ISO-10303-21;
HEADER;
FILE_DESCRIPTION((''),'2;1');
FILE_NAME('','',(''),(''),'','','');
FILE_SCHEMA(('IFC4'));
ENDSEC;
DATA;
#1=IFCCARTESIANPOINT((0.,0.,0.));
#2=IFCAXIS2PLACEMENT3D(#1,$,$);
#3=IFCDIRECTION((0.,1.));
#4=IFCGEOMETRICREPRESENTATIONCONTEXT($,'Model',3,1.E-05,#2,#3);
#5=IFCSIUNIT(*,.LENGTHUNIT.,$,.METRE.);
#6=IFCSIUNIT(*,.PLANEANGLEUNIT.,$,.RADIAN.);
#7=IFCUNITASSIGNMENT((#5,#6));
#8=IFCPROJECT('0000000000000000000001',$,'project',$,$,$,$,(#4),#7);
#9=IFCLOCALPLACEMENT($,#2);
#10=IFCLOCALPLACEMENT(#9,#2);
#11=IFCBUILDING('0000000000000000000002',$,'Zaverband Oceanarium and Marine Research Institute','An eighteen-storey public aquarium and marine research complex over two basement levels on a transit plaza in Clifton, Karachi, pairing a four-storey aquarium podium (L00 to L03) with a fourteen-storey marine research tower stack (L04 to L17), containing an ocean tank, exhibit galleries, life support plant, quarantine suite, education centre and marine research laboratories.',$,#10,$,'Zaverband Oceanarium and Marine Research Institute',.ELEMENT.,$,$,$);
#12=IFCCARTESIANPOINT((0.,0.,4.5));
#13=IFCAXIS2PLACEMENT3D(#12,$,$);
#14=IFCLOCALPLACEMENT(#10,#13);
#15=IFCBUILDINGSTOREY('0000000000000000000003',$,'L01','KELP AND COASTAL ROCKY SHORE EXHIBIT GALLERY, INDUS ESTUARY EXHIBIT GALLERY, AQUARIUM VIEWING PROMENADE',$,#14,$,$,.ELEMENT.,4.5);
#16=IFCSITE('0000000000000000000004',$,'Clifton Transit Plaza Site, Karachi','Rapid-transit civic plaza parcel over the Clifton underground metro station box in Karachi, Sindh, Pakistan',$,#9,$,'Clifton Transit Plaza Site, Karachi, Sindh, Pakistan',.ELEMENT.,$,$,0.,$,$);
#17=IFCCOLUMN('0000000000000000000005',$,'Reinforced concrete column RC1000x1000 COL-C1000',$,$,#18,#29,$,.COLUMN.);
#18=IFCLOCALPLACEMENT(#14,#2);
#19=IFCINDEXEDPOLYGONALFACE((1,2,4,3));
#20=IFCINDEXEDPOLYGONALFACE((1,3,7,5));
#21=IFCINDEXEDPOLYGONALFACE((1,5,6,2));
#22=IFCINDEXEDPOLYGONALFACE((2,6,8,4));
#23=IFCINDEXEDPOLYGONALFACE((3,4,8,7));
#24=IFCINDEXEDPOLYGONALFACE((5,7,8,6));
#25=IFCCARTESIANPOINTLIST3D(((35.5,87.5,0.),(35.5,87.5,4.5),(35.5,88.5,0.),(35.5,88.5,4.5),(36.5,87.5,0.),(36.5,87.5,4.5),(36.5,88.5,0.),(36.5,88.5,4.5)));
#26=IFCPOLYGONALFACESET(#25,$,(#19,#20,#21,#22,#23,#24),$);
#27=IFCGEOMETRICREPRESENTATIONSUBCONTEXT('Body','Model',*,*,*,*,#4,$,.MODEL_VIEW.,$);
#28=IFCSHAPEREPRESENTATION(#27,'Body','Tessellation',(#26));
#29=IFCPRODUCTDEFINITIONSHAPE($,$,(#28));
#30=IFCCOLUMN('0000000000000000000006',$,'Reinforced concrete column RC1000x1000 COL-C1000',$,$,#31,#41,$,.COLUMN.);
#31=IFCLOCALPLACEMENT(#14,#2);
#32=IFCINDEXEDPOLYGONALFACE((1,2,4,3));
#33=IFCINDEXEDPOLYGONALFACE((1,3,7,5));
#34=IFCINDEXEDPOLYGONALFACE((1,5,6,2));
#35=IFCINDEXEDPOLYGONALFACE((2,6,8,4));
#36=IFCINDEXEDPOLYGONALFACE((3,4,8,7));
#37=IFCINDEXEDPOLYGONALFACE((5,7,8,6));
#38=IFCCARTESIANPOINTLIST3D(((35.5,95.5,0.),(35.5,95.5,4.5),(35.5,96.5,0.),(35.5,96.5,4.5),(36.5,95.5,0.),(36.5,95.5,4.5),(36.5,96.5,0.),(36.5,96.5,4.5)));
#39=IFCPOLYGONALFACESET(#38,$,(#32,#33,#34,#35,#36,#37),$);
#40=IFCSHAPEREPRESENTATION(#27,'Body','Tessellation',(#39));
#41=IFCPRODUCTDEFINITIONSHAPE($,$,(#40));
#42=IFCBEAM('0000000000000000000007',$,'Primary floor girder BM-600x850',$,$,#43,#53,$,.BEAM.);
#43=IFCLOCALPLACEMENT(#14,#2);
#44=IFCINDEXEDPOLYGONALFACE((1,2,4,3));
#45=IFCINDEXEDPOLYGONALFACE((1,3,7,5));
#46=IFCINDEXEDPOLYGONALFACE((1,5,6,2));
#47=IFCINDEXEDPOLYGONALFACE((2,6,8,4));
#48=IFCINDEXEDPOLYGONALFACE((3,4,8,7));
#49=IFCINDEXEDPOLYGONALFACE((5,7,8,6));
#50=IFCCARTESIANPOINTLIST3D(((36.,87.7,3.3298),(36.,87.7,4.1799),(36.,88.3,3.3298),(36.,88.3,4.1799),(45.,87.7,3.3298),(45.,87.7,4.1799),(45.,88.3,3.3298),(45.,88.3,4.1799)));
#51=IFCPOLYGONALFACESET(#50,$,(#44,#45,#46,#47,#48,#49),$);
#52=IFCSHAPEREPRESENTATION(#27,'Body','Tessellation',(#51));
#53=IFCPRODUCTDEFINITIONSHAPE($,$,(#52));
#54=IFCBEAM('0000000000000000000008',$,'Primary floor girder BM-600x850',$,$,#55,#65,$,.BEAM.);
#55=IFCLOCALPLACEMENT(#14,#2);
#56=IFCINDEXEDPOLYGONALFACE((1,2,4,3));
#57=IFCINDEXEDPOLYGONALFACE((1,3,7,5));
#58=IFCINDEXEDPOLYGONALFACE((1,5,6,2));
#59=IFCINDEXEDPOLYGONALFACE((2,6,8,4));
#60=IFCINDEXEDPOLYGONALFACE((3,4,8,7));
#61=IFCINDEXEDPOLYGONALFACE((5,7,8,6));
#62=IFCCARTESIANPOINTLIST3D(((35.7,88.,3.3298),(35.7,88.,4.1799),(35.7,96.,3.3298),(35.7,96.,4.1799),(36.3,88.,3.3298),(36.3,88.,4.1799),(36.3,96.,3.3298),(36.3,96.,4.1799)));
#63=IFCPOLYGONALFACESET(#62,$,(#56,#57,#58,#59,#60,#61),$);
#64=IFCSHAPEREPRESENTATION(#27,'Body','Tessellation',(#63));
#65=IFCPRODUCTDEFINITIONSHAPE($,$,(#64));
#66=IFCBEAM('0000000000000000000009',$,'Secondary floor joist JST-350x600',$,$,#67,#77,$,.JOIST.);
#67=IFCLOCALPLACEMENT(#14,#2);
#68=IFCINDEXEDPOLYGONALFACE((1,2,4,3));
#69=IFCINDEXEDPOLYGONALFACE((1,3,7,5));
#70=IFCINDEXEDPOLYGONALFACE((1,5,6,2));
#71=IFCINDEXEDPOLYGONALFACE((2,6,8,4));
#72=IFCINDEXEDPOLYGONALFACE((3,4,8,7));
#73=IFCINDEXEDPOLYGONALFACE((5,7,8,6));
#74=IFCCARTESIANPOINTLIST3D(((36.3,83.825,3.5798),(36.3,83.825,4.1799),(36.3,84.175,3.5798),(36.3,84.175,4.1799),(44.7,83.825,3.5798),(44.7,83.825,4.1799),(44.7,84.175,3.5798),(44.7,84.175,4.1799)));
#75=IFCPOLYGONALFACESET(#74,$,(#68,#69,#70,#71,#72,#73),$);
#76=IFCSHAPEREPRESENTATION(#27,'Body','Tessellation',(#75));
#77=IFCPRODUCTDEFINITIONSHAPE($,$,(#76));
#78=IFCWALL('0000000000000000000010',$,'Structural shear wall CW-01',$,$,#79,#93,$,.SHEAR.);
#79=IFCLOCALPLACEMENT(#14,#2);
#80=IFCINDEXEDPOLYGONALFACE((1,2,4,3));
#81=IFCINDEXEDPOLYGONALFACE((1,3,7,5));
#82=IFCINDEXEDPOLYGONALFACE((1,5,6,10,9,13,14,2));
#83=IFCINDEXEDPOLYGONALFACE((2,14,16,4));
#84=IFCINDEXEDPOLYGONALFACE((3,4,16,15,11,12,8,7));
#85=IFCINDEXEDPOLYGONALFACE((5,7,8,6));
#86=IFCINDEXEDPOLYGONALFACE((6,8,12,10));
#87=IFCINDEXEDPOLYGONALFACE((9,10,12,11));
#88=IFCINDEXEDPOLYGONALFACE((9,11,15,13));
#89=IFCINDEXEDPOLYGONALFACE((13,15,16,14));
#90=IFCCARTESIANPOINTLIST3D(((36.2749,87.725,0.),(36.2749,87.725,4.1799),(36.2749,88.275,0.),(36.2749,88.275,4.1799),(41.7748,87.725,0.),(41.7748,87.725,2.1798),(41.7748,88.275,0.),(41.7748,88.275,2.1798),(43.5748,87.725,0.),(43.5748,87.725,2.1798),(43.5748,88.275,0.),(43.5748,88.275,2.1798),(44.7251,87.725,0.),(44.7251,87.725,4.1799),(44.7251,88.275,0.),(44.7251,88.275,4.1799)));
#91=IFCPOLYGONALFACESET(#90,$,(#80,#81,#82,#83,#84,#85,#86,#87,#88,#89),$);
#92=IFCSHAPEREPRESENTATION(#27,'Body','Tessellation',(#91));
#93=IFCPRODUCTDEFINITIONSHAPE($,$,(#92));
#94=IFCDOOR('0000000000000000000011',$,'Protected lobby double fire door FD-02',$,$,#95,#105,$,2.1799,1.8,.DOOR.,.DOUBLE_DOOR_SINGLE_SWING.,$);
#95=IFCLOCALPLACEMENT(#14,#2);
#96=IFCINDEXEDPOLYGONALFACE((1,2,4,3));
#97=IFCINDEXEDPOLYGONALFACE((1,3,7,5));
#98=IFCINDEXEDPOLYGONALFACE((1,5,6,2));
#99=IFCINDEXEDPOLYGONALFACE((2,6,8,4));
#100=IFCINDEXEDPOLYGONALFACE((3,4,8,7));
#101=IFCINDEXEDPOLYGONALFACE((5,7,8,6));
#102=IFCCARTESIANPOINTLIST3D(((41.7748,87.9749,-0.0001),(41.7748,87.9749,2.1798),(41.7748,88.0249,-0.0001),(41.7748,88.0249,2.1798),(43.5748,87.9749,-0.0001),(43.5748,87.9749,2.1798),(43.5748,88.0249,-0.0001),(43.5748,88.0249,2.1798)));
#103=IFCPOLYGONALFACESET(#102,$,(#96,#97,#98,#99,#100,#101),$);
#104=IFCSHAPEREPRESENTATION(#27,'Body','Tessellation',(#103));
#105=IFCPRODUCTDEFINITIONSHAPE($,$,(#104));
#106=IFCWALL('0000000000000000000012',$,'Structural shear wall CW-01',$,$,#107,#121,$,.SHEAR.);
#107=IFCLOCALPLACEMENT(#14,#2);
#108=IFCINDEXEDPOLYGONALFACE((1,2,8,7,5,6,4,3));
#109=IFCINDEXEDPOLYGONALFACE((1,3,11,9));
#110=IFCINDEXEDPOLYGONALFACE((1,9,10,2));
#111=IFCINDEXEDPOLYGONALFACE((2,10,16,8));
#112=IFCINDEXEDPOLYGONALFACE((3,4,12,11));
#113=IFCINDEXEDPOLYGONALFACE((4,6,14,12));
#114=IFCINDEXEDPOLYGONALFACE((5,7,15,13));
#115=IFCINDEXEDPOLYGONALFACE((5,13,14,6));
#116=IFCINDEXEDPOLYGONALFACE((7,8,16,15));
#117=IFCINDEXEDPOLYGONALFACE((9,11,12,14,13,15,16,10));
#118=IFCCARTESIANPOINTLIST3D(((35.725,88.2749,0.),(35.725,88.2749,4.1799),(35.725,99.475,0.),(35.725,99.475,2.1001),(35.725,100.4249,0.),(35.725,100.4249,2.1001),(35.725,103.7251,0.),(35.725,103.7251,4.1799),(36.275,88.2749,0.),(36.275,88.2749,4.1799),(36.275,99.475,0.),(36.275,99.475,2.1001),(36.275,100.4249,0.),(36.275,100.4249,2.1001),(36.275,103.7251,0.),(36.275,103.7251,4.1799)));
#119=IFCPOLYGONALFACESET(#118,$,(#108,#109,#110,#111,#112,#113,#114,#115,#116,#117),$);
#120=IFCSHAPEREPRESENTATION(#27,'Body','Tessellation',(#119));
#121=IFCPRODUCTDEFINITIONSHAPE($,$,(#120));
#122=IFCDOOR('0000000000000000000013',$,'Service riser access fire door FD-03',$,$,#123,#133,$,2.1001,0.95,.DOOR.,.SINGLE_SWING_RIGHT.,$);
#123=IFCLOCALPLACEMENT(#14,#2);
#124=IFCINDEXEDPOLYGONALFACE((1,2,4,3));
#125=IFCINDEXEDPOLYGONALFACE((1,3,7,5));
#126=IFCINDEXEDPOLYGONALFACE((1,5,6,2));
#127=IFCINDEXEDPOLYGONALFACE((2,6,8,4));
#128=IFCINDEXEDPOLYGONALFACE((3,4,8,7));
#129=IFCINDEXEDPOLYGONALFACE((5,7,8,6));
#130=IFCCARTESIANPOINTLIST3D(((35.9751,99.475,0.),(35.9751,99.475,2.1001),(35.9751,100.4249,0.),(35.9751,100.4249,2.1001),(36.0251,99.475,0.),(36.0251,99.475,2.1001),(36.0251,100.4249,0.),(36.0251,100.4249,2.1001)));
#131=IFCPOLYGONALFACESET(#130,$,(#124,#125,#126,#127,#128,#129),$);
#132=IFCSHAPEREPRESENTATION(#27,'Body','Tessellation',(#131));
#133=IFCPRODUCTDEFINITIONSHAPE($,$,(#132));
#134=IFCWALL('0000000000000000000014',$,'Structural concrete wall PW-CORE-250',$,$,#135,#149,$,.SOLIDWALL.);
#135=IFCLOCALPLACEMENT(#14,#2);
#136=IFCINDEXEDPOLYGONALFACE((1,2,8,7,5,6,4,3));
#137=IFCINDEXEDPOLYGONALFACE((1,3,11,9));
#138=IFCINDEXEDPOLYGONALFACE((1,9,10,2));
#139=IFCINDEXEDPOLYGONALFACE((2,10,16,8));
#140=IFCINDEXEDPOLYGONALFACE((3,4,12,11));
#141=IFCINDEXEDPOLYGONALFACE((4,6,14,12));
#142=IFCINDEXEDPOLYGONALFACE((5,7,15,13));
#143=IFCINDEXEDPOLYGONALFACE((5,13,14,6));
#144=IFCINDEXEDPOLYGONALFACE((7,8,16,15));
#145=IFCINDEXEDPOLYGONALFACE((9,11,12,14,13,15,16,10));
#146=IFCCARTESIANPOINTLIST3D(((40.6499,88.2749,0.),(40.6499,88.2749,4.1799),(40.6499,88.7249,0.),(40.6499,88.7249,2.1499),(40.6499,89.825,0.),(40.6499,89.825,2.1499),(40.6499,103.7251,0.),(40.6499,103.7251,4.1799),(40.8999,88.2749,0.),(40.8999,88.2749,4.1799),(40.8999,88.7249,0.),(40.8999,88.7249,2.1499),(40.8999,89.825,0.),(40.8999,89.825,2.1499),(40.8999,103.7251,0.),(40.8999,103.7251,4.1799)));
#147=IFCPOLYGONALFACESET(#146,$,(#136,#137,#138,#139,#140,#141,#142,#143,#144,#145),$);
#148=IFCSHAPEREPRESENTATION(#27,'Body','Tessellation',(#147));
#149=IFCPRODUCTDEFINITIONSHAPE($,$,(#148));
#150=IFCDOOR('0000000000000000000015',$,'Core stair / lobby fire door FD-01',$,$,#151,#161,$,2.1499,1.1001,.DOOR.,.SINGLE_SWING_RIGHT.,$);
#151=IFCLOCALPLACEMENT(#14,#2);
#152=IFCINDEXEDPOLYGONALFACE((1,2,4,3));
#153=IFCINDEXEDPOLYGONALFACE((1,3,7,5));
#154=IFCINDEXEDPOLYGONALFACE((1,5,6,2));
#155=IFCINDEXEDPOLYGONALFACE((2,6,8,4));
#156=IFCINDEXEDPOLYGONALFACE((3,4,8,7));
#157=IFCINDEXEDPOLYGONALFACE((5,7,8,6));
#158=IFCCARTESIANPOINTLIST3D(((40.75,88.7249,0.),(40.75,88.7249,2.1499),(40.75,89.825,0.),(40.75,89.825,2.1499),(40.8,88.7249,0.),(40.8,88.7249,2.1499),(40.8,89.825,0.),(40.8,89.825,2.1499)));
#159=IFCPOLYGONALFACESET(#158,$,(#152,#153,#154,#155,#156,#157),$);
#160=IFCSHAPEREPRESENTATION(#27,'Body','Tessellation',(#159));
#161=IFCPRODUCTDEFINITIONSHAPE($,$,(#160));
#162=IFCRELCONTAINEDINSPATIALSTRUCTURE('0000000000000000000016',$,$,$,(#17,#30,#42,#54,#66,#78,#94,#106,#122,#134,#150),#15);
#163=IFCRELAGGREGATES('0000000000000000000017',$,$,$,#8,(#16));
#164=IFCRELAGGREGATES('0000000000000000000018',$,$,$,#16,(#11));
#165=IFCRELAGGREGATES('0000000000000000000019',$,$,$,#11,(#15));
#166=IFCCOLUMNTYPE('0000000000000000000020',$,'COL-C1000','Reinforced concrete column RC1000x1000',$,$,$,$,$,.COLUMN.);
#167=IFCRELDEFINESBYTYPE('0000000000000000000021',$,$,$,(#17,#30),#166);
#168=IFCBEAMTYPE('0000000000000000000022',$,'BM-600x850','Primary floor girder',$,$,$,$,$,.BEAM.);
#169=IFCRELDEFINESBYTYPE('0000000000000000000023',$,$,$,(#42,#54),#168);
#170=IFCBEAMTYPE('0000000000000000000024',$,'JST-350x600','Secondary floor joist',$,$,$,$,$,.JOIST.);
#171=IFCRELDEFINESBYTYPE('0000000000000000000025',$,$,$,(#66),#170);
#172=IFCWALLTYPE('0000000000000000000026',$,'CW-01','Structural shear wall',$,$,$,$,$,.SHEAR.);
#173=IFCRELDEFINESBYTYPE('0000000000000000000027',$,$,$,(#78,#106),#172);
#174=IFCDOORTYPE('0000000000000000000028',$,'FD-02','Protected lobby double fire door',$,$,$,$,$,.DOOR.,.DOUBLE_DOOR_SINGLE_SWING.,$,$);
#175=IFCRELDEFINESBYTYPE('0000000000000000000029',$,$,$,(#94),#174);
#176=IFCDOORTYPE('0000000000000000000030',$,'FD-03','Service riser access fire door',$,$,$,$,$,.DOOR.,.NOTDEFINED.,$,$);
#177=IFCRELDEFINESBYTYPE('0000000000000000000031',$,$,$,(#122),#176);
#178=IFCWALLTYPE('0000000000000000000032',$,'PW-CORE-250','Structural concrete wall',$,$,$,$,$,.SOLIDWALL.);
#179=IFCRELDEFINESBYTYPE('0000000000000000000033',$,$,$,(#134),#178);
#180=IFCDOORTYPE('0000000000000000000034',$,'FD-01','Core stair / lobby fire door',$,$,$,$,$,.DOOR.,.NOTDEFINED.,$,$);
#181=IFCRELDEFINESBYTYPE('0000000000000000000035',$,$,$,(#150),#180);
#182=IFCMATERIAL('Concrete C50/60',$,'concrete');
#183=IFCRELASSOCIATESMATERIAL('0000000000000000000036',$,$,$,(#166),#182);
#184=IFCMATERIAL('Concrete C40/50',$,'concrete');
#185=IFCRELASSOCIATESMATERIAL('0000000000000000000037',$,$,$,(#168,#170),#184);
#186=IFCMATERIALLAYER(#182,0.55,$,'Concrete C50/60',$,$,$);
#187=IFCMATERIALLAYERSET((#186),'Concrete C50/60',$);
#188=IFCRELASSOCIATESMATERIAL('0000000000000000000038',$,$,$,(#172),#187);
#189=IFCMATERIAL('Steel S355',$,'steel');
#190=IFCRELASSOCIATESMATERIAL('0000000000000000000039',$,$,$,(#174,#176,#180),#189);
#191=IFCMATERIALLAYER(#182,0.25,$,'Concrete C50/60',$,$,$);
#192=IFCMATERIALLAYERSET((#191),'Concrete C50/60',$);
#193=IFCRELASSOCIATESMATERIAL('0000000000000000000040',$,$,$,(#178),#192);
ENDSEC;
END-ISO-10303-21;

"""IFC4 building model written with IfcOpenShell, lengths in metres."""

from ifc_helpers import new_model, si_unit, direction, frame, frame_2d, origin, origin_2d, place, context, subcontext, project, spatial, rectangle, extrude, material, layer, layer_set, material_profile, profile_set, type_object, element, fill, save


model = new_model("IFC4")

# Units and contexts
model_context = context("Model", 3, precision=1e-05, world=origin(), true_north=direction((0.0, 1.0)))
body_context = subcontext(model_context, "Body", "Model", "MODEL_VIEW")
ifc_project = project(units=[si_unit("LENGTHUNIT", "METRE"), si_unit("PLANEANGLEUNIT", "RADIAN")], contexts=[model_context])

# Site, building, storey
site_placement = place(None, origin())
site = spatial("IfcSite", under=ifc_project, at=site_placement, Name="Clifton Transit Plaza Site, Karachi", Description="Rapid-transit civic plaza parcel over the Clifton underground metro station box in Karachi, Sindh, Pakistan", LongName="Clifton Transit Plaza Site, Karachi, Sindh, Pakistan", CompositionType="ELEMENT", RefElevation=0.0)
building_placement = place(site_placement, origin())
building = spatial("IfcBuilding", under=site, at=building_placement, Name="Zaverband Oceanarium and Marine Research Institute", Description="An eighteen-storey public aquarium and marine research complex over two basement levels on a transit plaza in Clifton, Karachi, pairing a four-storey aquarium podium (L00 to L03) with a fourteen-storey marine research tower stack (L04 to L17), containing an ocean tank, exhibit galleries, life support plant, quarantine suite, education centre and marine research laboratories.", LongName="Zaverband Oceanarium and Marine Research Institute", CompositionType="ELEMENT")
storey_placement = place(building_placement, frame((0.0, 0.0, 4.5)))
storey = spatial("IfcBuildingStorey", under=building, at=storey_placement, Name="L01", Description="KELP AND COASTAL ROCKY SHORE EXHIBIT GALLERY, INDUS ESTUARY EXHIBIT GALLERY, AQUARIUM VIEWING PROMENADE", CompositionType="ELEMENT", Elevation=4.5)

# Columns
ifc_material_1 = material(Name="Concrete C50/60", Category="concrete")
ifc_material_profile_1 = material_profile(ifc_material_1, rectangle(XDim=1.0, YDim=1.0, at=origin_2d()), Name="RC1000x1000")
ifc_profile_set_1 = profile_set([ifc_material_profile_1], Name="Concrete C50/60")
column_type = type_object("IfcColumnType", Name="COL-C1000", Description="Reinforced concrete column RC1000x1000", PredefinedType="COLUMN", material=ifc_profile_set_1)
for number, where, z_axis, x_axis, name in (
    (1, (36.0, 88.0, 0.0), (0.0, 0.0, 1.0), (1.0, 0.0, 0.0), "Reinforced concrete column RC1000x1000 COL-C1000"),
    (2, (36.0, 96.0, 0.0), (0.0, 0.0, 1.0), (1.0, 0.0, 0.0), "Reinforced concrete column RC1000x1000 COL-C1000"),
):
    element("IfcColumn", number, at=place(storey_placement, frame(where, z_axis=z_axis, x_axis=x_axis)), inside=storey, type_object=column_type, Name=name, PredefinedType="COLUMN", context=body_context, shape_type="SweptSolid", body=[
        extrude(rectangle(XDim=1.0, YDim=1.0, at=origin_2d()), origin(), (0.0, 0.0, 1.0), 4.5),
    ])

# Beams
ifc_material_2 = material(Name="Concrete C40/50", Category="concrete")
ifc_material_profile_2 = material_profile(ifc_material_2, rectangle(XDim=0.6001, YDim=0.8501, at=origin_2d()), Name="RC600x850")
ifc_profile_set_2 = profile_set([ifc_material_profile_2], Name="Concrete C40/50")
beam_type_1 = type_object("IfcBeamType", Name="BM-600x850", Description="Primary floor girder", PredefinedType="BEAM", material=ifc_profile_set_2)
beam_1_placement = place(storey_placement, frame((36.0, 88.0, 3.7549), z_axis=(1.0, 0.0, 0.0), x_axis=(0.0, 1.0, 0.0)))
element("IfcBeam", 3, at=beam_1_placement, inside=storey, type_object=beam_type_1, Name="Primary floor girder BM-600x850", PredefinedType="BEAM", context=body_context, shape_type="SweptSolid", body=[
    extrude(rectangle(XDim=0.6001, YDim=0.8501, at=origin_2d()), origin(), (0.0, 0.0, 1.0), 9.0),
])
beam_2_placement = place(storey_placement, frame((36.0, 88.0, 3.7549), z_axis=(0.0, 1.0, 0.0), x_axis=(-1.0, 0.0, 0.0)))
element("IfcBeam", 4, at=beam_2_placement, inside=storey, type_object=beam_type_1, Name="Primary floor girder BM-600x850", PredefinedType="BEAM", context=body_context, shape_type="SweptSolid", body=[
    extrude(rectangle(XDim=0.6001, YDim=0.8501, at=origin_2d()), origin(), (0.0, 0.0, 1.0), 8.0),
])
ifc_material_profile_3 = material_profile(ifc_material_2, rectangle(XDim=0.3501, YDim=0.6001, at=origin_2d()), Name="RC350x600")
ifc_profile_set_3 = profile_set([ifc_material_profile_3], Name="Concrete C40/50")
beam_type_2 = type_object("IfcBeamType", Name="JST-350x600", Description="Secondary floor joist", PredefinedType="JOIST", material=ifc_profile_set_3)
beam_3_placement = place(storey_placement, frame((36.3, 84.0, 3.8799), z_axis=(1.0, 0.0, 0.0), x_axis=(0.0, 1.0, 0.0)))
element("IfcBeam", 5, at=beam_3_placement, inside=storey, type_object=beam_type_2, Name="Secondary floor joist JST-350x600", PredefinedType="JOIST", context=body_context, shape_type="SweptSolid", body=[
    extrude(rectangle(XDim=0.3501, YDim=0.6001, at=origin_2d()), origin(), (0.0, 0.0, 1.0), 8.3999),
])

# Walls, openings, doors
ifc_layer_1 = layer(ifc_material_1, 0.55, Name="Concrete C50/60")
ifc_layer_set_1 = layer_set([ifc_layer_1], Name="Concrete C50/60")
wall_type_1 = type_object("IfcWallType", Name="CW-01", Description="Structural shear wall", PredefinedType="SHEAR", material=ifc_layer_set_1)
wall_1_placement = place(storey_placement, frame((36.2749, 88.0, 0.0), z_axis=(0.0, 0.0, 1.0), x_axis=(1.0, 0.0, 0.0)))
wall_1 = element("IfcWall", 6, at=wall_1_placement, inside=storey, type_object=wall_type_1, Name="Structural shear wall CW-01", PredefinedType="SHEAR", context=body_context, shape_type="SweptSolid", body=[
    extrude(rectangle(XDim=8.4502, YDim=0.55, at=frame_2d((4.2251, 0.0))), origin(), (0.0, 0.0, 1.0), 4.1799),
])
opening_1_placement = place(wall_1_placement, frame((5.5, 0.0, 0.0)))
opening_1 = element("IfcOpeningElement", 7, at=opening_1_placement, cuts=wall_1, PredefinedType="OPENING", context=body_context, shape_type="SweptSolid", body=[
    extrude(rectangle(XDim=1.8, YDim=2.1799, at=frame_2d((0.8999, 1.0898))), frame((0.0, 0.2871, 0.0), z_axis=(0.0, -1.0, 0.0), x_axis=(1.0, 0.0, 0.0)), (0.0, 0.0, 1.0), 0.574),
])
ifc_material_3 = material(Name="Steel S355", Category="steel")
door_type_1 = type_object("IfcDoorType", Name="FD-02", Description="Protected lobby double fire door", OperationType="DOUBLE_DOOR_SINGLE_SWING", PredefinedType="DOOR", material=ifc_material_3)
door_1_placement = place(opening_1_placement, origin())
door_1 = element("IfcDoor", 8, at=door_1_placement, inside=storey, type_object=door_type_1, Name="Protected lobby double fire door FD-02", OperationType="DOUBLE_DOOR_SINGLE_SWING", OverallHeight=2.1799, OverallWidth=1.8, PredefinedType="DOOR", context=body_context, shape_type="SweptSolid", body=[
    extrude(rectangle(XDim=1.8, YDim=2.1799, at=frame_2d((0.8999, 1.0898))), frame((0.0, 0.0249, 0.0), z_axis=(0.0, -1.0, 0.0), x_axis=(1.0, 0.0, 0.0)), (0.0, 0.0, 1.0), 0.05),
])
fill(opening_1, door_1)
wall_2_placement = place(storey_placement, frame((36.0, 88.2749, 0.0), z_axis=(0.0, 0.0, 1.0), x_axis=(0.0, 1.0, 0.0)))
wall_2 = element("IfcWall", 9, at=wall_2_placement, inside=storey, type_object=wall_type_1, Name="Structural shear wall CW-01", PredefinedType="SHEAR", context=body_context, shape_type="SweptSolid", body=[
    extrude(rectangle(XDim=15.4502, YDim=0.55, at=frame_2d((7.7251, 0.0))), origin(), (0.0, 0.0, 1.0), 4.1799),
])
opening_2_placement = place(wall_2_placement, frame((11.2, 0.0, 0.0)))
opening_2 = element("IfcOpeningElement", 10, at=opening_2_placement, cuts=wall_2, PredefinedType="OPENING", context=body_context, shape_type="SweptSolid", body=[
    extrude(rectangle(XDim=0.95, YDim=2.1001, at=frame_2d((0.4751, 1.05))), frame((0.0, 0.2871, 0.0), z_axis=(0.0, -1.0, 0.0), x_axis=(1.0, 0.0, 0.0)), (0.0, 0.0, 1.0), 0.574),
])
door_type_2 = type_object("IfcDoorType", Name="FD-03", Description="Service riser access fire door", OperationType="NOTDEFINED", PredefinedType="DOOR", material=ifc_material_3)
door_2_placement = place(opening_2_placement, origin())
door_2 = element("IfcDoor", 11, at=door_2_placement, inside=storey, type_object=door_type_2, Name="Service riser access fire door FD-03", OperationType="SINGLE_SWING_RIGHT", OverallHeight=2.1001, OverallWidth=0.95, PredefinedType="DOOR", context=body_context, shape_type="SweptSolid", body=[
    extrude(rectangle(XDim=0.95, YDim=2.1001, at=frame_2d((0.4751, 1.05))), frame((0.0, 0.0249, 0.0), z_axis=(0.0, -1.0, 0.0), x_axis=(1.0, 0.0, 0.0)), (0.0, 0.0, 1.0), 0.05),
])
fill(opening_2, door_2)
ifc_layer_2 = layer(ifc_material_1, 0.25, Name="Concrete C50/60")
ifc_layer_set_2 = layer_set([ifc_layer_2], Name="Concrete C50/60")
wall_type_2 = type_object("IfcWallType", Name="PW-CORE-250", Description="Structural concrete wall", PredefinedType="SOLIDWALL", material=ifc_layer_set_2)
wall_3_placement = place(storey_placement, frame((40.7749, 88.2749, 0.0), z_axis=(0.0, 0.0, 1.0), x_axis=(0.0, 1.0, 0.0)))
wall_3 = element("IfcWall", 12, at=wall_3_placement, inside=storey, type_object=wall_type_2, Name="Structural concrete wall PW-CORE-250", PredefinedType="SOLIDWALL", context=body_context, shape_type="SweptSolid", body=[
    extrude(rectangle(XDim=15.4502, YDim=0.25, at=frame_2d((7.7251, 0.0))), origin(), (0.0, 0.0, 1.0), 4.1799),
])
opening_3_placement = place(wall_3_placement, frame((0.45, 0.0, 0.0)))
opening_3 = element("IfcOpeningElement", 13, at=opening_3_placement, cuts=wall_3, PredefinedType="OPENING", context=body_context, shape_type="SweptSolid", body=[
    extrude(rectangle(XDim=1.1001, YDim=2.1499, at=frame_2d((0.55, 1.075))), frame((0.0, 0.137, 0.0), z_axis=(0.0, -1.0, 0.0), x_axis=(1.0, 0.0, 0.0)), (0.0, 0.0, 1.0), 0.2739),
])
door_type_3 = type_object("IfcDoorType", Name="FD-01", Description="Core stair / lobby fire door", OperationType="NOTDEFINED", PredefinedType="DOOR", material=ifc_material_3)
door_3_placement = place(opening_3_placement, origin())
door_3 = element("IfcDoor", 14, at=door_3_placement, inside=storey, type_object=door_type_3, Name="Core stair / lobby fire door FD-01", OperationType="SINGLE_SWING_RIGHT", OverallHeight=2.1499, OverallWidth=1.1001, PredefinedType="DOOR", context=body_context, shape_type="SweptSolid", body=[
    extrude(rectangle(XDim=1.1001, YDim=2.1499, at=frame_2d((0.55, 1.075))), frame((0.0, 0.0249, 0.0), z_axis=(0.0, -1.0, 0.0), x_axis=(1.0, 0.0, 0.0)), (0.0, 0.0, 1.0), 0.05),
])
fill(opening_3, door_3)

save(model, "model.ifc")
